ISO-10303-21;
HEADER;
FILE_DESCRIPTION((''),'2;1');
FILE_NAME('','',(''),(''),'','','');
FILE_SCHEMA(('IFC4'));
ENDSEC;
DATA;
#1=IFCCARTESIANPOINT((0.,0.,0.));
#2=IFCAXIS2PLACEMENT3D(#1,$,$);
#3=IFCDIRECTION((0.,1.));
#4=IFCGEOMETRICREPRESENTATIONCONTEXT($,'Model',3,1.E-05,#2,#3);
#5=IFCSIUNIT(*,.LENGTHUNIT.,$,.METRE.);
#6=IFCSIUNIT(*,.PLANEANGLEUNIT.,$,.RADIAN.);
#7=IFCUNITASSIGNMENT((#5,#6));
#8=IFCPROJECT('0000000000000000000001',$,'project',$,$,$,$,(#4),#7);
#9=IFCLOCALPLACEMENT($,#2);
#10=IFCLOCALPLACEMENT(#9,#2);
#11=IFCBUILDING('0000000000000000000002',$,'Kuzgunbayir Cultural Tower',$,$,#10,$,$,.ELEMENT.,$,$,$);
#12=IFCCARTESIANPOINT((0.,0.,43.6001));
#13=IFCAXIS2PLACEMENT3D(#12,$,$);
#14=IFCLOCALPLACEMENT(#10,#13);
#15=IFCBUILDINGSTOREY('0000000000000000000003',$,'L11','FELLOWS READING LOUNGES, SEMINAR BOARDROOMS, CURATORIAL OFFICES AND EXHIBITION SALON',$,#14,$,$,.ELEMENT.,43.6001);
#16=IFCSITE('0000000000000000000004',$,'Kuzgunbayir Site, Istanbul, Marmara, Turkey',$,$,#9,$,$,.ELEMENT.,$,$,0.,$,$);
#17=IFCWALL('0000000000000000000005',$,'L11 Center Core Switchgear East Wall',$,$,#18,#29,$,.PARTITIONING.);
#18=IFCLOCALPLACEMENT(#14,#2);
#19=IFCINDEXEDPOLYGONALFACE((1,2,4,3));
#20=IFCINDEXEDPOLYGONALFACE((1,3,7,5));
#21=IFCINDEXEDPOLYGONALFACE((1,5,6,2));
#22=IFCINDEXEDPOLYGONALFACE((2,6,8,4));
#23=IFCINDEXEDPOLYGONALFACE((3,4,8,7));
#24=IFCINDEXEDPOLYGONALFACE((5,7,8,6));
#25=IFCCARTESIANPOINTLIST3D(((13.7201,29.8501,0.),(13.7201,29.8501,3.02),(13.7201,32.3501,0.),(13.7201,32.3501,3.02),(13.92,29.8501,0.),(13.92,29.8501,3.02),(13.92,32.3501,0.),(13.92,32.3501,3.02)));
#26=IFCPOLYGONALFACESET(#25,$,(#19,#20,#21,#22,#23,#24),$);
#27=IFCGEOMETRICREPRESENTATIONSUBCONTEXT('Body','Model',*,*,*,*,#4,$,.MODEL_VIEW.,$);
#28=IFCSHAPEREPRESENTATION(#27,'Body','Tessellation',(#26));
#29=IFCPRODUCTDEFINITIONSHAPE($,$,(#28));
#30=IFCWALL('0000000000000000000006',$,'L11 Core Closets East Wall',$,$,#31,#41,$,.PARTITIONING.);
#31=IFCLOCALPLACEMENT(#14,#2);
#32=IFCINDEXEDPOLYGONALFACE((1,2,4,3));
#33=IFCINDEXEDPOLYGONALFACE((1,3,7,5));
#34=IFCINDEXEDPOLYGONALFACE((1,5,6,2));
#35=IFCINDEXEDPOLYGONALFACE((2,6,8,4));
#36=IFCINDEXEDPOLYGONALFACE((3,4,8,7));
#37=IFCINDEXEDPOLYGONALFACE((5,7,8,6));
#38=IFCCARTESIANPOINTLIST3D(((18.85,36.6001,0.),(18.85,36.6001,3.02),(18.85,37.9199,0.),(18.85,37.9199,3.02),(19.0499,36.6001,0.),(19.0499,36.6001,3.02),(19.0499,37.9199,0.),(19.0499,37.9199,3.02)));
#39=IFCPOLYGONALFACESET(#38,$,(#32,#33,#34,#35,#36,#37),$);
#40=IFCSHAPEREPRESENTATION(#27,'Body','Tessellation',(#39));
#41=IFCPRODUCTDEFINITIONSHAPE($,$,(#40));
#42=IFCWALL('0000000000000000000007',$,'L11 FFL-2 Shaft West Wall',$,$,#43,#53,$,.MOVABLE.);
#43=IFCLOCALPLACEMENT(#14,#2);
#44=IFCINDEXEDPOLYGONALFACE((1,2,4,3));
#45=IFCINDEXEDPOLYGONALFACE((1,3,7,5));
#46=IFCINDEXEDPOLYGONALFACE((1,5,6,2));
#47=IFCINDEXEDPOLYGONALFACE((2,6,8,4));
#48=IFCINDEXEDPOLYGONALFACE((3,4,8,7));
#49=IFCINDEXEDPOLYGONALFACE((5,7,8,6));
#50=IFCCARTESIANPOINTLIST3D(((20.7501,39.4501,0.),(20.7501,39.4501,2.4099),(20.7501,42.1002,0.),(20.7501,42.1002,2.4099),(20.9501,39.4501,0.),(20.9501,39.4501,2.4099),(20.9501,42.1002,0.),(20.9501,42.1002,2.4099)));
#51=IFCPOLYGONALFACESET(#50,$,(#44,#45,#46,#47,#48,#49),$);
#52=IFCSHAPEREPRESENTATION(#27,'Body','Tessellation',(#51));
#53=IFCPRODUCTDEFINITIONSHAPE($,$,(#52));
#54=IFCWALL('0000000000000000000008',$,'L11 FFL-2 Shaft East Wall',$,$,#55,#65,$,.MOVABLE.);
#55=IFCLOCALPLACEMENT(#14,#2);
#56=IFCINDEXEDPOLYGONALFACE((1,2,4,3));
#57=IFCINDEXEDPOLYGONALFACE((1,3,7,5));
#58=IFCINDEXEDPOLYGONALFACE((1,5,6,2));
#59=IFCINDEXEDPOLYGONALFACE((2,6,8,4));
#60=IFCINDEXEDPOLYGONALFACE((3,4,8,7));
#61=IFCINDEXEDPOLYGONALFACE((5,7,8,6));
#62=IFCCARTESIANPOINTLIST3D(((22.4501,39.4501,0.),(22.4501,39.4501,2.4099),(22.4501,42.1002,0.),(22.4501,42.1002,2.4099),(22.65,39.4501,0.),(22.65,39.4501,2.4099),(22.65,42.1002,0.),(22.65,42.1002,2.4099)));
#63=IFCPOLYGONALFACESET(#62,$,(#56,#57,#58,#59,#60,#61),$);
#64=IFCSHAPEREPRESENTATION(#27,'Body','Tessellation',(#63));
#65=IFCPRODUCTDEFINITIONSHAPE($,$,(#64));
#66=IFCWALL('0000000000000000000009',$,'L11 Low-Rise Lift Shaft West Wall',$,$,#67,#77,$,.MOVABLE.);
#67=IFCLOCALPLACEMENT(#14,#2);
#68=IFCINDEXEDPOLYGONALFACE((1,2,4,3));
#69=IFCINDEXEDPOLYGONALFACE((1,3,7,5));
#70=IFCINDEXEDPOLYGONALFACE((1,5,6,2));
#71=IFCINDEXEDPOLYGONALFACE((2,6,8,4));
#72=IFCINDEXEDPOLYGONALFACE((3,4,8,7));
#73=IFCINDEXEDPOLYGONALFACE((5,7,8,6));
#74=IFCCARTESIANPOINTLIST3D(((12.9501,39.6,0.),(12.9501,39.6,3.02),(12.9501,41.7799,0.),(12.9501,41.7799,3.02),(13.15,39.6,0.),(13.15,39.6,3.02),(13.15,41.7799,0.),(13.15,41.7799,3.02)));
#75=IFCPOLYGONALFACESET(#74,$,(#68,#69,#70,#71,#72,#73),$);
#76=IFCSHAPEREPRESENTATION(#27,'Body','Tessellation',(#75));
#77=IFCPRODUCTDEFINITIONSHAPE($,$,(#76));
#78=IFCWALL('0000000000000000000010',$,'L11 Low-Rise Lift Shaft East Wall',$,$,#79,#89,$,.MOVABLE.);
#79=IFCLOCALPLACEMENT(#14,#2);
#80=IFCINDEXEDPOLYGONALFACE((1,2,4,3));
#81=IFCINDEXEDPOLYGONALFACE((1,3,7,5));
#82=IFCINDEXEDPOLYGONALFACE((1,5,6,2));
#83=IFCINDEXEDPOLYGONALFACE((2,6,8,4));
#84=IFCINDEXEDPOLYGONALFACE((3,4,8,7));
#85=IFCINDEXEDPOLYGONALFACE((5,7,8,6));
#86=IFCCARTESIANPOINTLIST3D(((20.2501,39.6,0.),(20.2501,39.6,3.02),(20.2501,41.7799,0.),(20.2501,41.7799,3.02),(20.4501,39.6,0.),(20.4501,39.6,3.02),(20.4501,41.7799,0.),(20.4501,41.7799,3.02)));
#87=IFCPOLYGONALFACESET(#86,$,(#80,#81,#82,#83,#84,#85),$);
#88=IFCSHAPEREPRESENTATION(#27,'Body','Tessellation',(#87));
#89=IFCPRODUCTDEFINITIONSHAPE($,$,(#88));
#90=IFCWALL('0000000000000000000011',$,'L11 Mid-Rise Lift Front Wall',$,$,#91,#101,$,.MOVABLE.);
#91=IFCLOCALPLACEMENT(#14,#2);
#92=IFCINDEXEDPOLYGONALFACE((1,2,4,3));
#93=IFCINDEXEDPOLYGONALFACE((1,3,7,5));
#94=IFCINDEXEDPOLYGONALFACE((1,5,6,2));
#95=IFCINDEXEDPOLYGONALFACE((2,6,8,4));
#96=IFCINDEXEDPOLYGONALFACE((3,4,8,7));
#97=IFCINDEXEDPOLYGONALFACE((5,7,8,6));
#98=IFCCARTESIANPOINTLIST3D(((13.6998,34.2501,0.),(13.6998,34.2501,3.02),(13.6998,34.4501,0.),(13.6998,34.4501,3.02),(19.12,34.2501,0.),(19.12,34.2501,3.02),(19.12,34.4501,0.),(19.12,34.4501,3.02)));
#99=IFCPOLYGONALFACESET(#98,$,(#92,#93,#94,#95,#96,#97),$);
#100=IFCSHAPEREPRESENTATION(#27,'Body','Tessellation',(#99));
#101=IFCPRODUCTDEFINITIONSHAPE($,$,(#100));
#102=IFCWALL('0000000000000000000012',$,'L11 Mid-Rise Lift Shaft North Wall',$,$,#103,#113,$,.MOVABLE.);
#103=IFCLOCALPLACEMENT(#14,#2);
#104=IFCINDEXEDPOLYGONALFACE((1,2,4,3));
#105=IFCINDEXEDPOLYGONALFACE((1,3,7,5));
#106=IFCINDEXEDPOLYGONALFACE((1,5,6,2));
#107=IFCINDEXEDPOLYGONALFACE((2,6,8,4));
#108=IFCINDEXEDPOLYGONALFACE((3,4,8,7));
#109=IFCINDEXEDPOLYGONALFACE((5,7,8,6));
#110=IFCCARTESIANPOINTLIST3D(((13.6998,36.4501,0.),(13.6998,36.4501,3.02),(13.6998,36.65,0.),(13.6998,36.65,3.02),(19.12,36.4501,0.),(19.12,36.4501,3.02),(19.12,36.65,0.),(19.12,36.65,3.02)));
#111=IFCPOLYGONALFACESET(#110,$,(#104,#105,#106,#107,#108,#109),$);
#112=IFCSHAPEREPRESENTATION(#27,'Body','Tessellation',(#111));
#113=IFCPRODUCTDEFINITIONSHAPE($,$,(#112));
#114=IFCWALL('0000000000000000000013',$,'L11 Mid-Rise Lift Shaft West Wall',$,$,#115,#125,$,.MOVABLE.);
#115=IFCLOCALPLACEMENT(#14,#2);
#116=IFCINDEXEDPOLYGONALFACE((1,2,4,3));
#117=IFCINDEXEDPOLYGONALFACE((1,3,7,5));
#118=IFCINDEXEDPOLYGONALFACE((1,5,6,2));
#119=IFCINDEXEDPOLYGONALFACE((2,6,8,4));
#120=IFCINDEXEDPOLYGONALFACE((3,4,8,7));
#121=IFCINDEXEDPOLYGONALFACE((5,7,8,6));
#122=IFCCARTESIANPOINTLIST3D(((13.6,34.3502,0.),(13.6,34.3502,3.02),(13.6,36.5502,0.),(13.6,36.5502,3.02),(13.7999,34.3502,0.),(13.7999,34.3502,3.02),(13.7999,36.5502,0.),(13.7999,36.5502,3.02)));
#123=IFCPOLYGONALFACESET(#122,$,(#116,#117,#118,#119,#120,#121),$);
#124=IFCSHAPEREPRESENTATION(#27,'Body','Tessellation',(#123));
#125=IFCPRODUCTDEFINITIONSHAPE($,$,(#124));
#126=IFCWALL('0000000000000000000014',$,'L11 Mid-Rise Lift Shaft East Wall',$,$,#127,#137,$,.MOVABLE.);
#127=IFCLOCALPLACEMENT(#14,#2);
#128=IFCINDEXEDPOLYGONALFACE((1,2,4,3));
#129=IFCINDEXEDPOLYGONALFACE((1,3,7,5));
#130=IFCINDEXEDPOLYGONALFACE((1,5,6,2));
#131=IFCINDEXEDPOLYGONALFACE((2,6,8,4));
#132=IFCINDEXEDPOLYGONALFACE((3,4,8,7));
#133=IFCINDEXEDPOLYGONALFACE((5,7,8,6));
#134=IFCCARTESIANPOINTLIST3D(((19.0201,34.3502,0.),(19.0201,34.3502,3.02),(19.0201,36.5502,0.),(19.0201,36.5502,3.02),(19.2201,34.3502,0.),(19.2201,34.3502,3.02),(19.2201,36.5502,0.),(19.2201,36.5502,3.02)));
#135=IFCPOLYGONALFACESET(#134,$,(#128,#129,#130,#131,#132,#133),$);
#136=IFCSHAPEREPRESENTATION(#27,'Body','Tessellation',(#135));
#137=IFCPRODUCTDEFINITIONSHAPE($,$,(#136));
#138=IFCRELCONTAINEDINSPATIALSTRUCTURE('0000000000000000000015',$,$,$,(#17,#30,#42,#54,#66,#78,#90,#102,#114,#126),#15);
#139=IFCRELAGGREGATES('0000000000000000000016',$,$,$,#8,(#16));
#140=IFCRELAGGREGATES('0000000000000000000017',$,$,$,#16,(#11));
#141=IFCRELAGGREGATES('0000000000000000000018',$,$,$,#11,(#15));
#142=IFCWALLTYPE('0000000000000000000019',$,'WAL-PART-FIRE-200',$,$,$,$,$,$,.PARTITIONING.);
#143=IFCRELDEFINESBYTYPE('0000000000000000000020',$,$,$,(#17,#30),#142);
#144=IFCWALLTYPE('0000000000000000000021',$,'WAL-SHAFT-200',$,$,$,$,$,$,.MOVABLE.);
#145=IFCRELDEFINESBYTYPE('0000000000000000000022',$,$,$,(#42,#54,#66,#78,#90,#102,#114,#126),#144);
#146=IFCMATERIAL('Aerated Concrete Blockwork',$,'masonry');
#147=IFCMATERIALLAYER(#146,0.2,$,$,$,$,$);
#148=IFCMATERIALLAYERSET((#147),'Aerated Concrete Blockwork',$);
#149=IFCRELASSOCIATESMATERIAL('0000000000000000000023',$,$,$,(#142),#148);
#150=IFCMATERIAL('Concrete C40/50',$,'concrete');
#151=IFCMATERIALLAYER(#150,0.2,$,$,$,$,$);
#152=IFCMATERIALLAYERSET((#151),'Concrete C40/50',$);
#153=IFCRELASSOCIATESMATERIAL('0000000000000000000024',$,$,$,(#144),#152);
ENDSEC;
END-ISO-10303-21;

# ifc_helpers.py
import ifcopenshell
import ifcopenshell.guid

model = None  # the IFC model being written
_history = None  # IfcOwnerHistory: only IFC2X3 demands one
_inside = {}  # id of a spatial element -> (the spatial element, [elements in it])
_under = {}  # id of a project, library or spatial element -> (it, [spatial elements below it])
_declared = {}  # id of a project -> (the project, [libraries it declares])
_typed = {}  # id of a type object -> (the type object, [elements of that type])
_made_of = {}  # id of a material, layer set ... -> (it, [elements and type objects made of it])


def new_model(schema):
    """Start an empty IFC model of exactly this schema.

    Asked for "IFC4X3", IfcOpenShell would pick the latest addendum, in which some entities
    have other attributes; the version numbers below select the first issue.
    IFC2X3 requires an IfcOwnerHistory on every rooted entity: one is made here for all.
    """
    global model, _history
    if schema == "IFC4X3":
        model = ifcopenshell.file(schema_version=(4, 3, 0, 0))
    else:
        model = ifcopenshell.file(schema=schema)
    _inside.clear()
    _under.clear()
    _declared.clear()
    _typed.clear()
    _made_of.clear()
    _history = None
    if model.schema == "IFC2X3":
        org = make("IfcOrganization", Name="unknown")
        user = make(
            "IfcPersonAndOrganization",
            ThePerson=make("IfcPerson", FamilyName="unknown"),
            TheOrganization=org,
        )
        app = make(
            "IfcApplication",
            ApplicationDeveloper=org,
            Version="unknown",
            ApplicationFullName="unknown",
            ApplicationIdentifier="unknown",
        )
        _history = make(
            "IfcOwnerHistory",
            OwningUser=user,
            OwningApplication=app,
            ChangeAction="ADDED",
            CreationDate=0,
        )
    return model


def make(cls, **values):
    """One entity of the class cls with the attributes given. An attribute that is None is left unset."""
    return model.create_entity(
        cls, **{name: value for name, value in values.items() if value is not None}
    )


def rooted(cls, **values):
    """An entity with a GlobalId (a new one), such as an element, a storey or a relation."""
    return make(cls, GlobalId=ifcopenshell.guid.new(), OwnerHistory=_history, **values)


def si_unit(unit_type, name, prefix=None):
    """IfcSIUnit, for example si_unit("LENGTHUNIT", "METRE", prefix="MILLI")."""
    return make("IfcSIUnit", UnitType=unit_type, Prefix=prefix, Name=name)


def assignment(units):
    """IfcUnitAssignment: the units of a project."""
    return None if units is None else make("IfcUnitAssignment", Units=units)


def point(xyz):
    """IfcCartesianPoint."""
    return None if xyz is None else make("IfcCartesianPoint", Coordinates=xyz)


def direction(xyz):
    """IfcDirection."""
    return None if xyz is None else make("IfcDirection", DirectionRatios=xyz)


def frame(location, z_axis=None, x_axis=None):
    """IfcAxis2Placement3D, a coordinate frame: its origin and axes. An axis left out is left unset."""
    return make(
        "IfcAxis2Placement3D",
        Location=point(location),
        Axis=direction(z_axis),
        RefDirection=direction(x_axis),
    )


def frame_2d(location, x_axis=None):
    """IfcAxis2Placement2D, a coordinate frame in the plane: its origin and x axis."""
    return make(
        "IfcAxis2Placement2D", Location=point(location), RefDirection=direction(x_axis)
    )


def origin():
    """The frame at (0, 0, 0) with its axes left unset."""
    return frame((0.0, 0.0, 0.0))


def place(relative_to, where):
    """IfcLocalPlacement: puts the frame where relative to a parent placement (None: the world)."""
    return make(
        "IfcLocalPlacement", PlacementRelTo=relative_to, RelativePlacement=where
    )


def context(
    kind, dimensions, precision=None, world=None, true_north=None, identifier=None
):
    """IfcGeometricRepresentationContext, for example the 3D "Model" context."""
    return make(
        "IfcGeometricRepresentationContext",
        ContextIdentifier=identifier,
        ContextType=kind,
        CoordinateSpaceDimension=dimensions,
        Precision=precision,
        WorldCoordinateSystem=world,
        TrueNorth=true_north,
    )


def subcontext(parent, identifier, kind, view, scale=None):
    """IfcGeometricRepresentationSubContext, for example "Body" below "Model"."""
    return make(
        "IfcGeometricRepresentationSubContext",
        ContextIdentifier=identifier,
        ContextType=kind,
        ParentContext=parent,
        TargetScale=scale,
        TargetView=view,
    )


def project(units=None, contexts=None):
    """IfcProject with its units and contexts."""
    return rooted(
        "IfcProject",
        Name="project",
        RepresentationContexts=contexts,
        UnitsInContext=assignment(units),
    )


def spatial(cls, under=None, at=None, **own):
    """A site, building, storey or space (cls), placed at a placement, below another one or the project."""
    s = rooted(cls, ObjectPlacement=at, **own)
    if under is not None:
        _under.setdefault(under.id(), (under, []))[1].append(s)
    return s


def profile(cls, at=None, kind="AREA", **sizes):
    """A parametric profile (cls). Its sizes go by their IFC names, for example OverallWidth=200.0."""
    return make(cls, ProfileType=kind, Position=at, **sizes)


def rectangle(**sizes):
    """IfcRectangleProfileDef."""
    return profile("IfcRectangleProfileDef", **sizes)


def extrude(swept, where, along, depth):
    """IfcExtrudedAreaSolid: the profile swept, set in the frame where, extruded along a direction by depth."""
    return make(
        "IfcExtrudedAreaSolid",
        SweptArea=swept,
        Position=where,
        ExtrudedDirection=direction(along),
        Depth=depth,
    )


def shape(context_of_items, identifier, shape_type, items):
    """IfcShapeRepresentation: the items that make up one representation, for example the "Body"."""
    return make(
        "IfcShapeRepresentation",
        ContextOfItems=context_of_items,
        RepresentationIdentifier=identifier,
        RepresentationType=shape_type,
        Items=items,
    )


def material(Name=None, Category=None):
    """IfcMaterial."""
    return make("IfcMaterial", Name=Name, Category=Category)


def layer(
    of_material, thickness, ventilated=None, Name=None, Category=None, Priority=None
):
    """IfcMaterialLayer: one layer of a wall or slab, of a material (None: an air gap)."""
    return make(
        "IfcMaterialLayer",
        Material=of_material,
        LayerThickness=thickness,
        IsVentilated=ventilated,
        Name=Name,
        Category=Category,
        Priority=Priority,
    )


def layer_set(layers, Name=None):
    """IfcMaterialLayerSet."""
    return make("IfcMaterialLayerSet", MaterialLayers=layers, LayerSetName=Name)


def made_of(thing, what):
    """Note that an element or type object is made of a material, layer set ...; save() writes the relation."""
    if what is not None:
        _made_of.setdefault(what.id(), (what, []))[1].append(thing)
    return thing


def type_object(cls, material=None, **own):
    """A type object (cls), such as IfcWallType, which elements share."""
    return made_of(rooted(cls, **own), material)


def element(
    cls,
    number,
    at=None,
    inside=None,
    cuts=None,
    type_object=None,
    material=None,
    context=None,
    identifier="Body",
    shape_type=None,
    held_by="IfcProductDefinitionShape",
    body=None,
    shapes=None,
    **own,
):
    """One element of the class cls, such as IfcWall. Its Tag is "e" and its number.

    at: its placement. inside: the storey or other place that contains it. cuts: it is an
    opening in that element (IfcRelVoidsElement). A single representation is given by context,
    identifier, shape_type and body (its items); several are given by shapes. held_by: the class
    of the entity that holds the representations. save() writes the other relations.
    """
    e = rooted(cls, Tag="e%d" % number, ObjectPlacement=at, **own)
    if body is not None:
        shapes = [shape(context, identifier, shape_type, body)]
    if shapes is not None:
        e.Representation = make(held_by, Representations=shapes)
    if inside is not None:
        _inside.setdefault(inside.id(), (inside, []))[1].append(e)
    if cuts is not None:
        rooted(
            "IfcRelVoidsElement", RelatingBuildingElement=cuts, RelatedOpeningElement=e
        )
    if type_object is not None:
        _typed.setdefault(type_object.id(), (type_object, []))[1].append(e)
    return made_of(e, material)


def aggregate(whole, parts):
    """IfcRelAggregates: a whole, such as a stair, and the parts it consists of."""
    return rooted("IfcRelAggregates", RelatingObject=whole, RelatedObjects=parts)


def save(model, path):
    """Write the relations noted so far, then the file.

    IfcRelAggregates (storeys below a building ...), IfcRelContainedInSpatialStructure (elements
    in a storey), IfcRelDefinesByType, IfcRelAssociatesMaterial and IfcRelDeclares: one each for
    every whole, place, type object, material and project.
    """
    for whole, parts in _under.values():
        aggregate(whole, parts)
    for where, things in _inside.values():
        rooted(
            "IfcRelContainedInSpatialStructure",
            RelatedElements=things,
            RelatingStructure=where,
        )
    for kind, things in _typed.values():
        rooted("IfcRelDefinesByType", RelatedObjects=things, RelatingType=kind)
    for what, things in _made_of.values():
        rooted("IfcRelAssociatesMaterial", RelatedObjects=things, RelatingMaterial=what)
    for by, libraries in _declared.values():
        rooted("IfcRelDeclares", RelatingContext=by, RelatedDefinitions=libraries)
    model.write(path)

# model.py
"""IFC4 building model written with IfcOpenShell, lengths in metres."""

from ifc_helpers import new_model, si_unit, direction, frame, frame_2d, origin, place, context, subcontext, project, spatial, rectangle, extrude, material, layer, layer_set, type_object, element, save


model = new_model("IFC4")

# Units and contexts
model_context = context("Model", 3, precision=1e-05, world=origin(), true_north=direction((0.0, 1.0)))
body_context = subcontext(model_context, "Body", "Model", "MODEL_VIEW")
ifc_project = project(units=[si_unit("LENGTHUNIT", "METRE"), si_unit("PLANEANGLEUNIT", "RADIAN")], contexts=[model_context])

# Site, building, storey
site_placement = place(None, origin())
site = spatial("IfcSite", under=ifc_project, at=site_placement, Name="Kuzgunbayir Site, Istanbul, Marmara, Turkey", CompositionType="ELEMENT", RefElevation=0.0)
building_placement = place(site_placement, origin())
building = spatial("IfcBuilding", under=site, at=building_placement, Name="Kuzgunbayir Cultural Tower", CompositionType="ELEMENT")
storey_placement = place(building_placement, frame((0.0, 0.0, 43.6001)))
storey = spatial("IfcBuildingStorey", under=building, at=storey_placement, Name="L11", Description="FELLOWS READING LOUNGES, SEMINAR BOARDROOMS, CURATORIAL OFFICES AND EXHIBITION SALON", CompositionType="ELEMENT", Elevation=43.6001)

# Shared definitions
ifc_material_1 = material(Name="Aerated Concrete Blockwork", Category="masonry")
ifc_layer_1 = layer(ifc_material_1, 0.2)
ifc_layer_set_1 = layer_set([ifc_layer_1], Name="Aerated Concrete Blockwork")
wall_type_1 = type_object("IfcWallType", Name="WAL-PART-FIRE-200", PredefinedType="PARTITIONING", material=ifc_layer_set_1)

# Walls
wall_1_placement = place(storey_placement, frame((13.8201, 29.8501, 0.0), z_axis=(0.0, 0.0, 1.0), x_axis=(0.0, 1.0, 0.0)))
element("IfcWall", 1, at=wall_1_placement, inside=storey, type_object=wall_type_1, Name="L11 Center Core Switchgear East Wall", PredefinedType="PARTITIONING", context=body_context, shape_type="SweptSolid", body=[
    extrude(rectangle(XDim=2.5, YDim=0.2, at=frame_2d((1.25, 0.0))), origin(), (0.0, 0.0, 1.0), 3.02),
])
wall_2_placement = place(storey_placement, frame((18.95, 36.6001, 0.0), z_axis=(0.0, 0.0, 1.0), x_axis=(0.0, 1.0, 0.0)))
element("IfcWall", 2, at=wall_2_placement, inside=storey, type_object=wall_type_1, Name="L11 Core Closets East Wall", PredefinedType="PARTITIONING", context=body_context, shape_type="SweptSolid", body=[
    extrude(rectangle(XDim=1.3198, YDim=0.2, at=frame_2d((0.6599, 0.0))), origin(), (0.0, 0.0, 1.0), 3.02),
])

# Shared definitions
ifc_material_2 = material(Name="Concrete C40/50", Category="concrete")
ifc_layer_2 = layer(ifc_material_2, 0.2)
ifc_layer_set_2 = layer_set([ifc_layer_2], Name="Concrete C40/50")
wall_type_2 = type_object("IfcWallType", Name="WAL-SHAFT-200", PredefinedType="MOVABLE", material=ifc_layer_set_2)

# Walls
for number, where, z_axis, x_axis, name in (
    (3, (20.8501, 39.45, 0.0), (0.0, 0.0, 1.0), (0.0, 1.0, 0.0), "L11 FFL-2 Shaft West Wall"),
    (4, (22.55, 39.45, 0.0), (0.0, 0.0, 1.0), (0.0, 1.0, 0.0), "L11 FFL-2 Shaft East Wall"),
):
    element("IfcWall", number, at=place(storey_placement, frame(where, z_axis=z_axis, x_axis=x_axis)), inside=storey, type_object=wall_type_2, Name=name, PredefinedType="MOVABLE", context=body_context, shape_type="SweptSolid", body=[
        extrude(rectangle(XDim=2.6501, YDim=0.2, at=frame_2d((1.3252, 0.0))), origin(), (0.0, 0.0, 1.0), 2.4099),
    ])
for number, where, z_axis, x_axis, name in (
    (5, (13.05, 39.6001, 0.0), (0.0, 0.0, 1.0), (0.0, 1.0, 0.0), "L11 Low-Rise Lift Shaft West Wall"),
    (6, (20.3501, 39.6001, 0.0), (0.0, 0.0, 1.0), (0.0, 1.0, 0.0), "L11 Low-Rise Lift Shaft East Wall"),
):
    element("IfcWall", number, at=place(storey_placement, frame(where, z_axis=z_axis, x_axis=x_axis)), inside=storey, type_object=wall_type_2, Name=name, PredefinedType="MOVABLE", context=body_context, shape_type="SweptSolid", body=[
        extrude(rectangle(XDim=2.1799, YDim=0.2, at=frame_2d((1.0898, 0.0))), origin(), (0.0, 0.0, 1.0), 3.02),
    ])
for number, where, z_axis, x_axis, name in (
    (7, (13.7, 34.3501, 0.0), (0.0, 0.0, 1.0), (1.0, 0.0, 0.0), "L11 Mid-Rise Lift Front Wall"),
    (8, (13.7, 36.55, 0.0), (0.0, 0.0, 1.0), (1.0, 0.0, 0.0), "L11 Mid-Rise Lift Shaft North Wall"),
):
    element("IfcWall", number, at=place(storey_placement, frame(where, z_axis=z_axis, x_axis=x_axis)), inside=storey, type_object=wall_type_2, Name=name, PredefinedType="MOVABLE", context=body_context, shape_type="SweptSolid", body=[
        extrude(rectangle(XDim=5.4202, YDim=0.2, at=frame_2d((2.71, 0.0))), origin(), (0.0, 0.0, 1.0), 3.02),
    ])
for number, where, z_axis, x_axis, name in (
    (9, (13.7, 34.3501, 0.0), (0.0, 0.0, 1.0), (0.0, 1.0, 0.0), "L11 Mid-Rise Lift Shaft West Wall"),
    (10, (19.1201, 34.3501, 0.0), (0.0, 0.0, 1.0), (0.0, 1.0, 0.0), "L11 Mid-Rise Lift Shaft East Wall"),
):
    element("IfcWall", number, at=place(storey_placement, frame(where, z_axis=z_axis, x_axis=x_axis)), inside=storey, type_object=wall_type_2, Name=name, PredefinedType="MOVABLE", context=body_context, shape_type="SweptSolid", body=[
        extrude(rectangle(XDim=2.2, YDim=0.2, at=frame_2d((1.1001, 0.0))), origin(), (0.0, 0.0, 1.0), 3.02),
    ])

save(model, "model.ifc")
